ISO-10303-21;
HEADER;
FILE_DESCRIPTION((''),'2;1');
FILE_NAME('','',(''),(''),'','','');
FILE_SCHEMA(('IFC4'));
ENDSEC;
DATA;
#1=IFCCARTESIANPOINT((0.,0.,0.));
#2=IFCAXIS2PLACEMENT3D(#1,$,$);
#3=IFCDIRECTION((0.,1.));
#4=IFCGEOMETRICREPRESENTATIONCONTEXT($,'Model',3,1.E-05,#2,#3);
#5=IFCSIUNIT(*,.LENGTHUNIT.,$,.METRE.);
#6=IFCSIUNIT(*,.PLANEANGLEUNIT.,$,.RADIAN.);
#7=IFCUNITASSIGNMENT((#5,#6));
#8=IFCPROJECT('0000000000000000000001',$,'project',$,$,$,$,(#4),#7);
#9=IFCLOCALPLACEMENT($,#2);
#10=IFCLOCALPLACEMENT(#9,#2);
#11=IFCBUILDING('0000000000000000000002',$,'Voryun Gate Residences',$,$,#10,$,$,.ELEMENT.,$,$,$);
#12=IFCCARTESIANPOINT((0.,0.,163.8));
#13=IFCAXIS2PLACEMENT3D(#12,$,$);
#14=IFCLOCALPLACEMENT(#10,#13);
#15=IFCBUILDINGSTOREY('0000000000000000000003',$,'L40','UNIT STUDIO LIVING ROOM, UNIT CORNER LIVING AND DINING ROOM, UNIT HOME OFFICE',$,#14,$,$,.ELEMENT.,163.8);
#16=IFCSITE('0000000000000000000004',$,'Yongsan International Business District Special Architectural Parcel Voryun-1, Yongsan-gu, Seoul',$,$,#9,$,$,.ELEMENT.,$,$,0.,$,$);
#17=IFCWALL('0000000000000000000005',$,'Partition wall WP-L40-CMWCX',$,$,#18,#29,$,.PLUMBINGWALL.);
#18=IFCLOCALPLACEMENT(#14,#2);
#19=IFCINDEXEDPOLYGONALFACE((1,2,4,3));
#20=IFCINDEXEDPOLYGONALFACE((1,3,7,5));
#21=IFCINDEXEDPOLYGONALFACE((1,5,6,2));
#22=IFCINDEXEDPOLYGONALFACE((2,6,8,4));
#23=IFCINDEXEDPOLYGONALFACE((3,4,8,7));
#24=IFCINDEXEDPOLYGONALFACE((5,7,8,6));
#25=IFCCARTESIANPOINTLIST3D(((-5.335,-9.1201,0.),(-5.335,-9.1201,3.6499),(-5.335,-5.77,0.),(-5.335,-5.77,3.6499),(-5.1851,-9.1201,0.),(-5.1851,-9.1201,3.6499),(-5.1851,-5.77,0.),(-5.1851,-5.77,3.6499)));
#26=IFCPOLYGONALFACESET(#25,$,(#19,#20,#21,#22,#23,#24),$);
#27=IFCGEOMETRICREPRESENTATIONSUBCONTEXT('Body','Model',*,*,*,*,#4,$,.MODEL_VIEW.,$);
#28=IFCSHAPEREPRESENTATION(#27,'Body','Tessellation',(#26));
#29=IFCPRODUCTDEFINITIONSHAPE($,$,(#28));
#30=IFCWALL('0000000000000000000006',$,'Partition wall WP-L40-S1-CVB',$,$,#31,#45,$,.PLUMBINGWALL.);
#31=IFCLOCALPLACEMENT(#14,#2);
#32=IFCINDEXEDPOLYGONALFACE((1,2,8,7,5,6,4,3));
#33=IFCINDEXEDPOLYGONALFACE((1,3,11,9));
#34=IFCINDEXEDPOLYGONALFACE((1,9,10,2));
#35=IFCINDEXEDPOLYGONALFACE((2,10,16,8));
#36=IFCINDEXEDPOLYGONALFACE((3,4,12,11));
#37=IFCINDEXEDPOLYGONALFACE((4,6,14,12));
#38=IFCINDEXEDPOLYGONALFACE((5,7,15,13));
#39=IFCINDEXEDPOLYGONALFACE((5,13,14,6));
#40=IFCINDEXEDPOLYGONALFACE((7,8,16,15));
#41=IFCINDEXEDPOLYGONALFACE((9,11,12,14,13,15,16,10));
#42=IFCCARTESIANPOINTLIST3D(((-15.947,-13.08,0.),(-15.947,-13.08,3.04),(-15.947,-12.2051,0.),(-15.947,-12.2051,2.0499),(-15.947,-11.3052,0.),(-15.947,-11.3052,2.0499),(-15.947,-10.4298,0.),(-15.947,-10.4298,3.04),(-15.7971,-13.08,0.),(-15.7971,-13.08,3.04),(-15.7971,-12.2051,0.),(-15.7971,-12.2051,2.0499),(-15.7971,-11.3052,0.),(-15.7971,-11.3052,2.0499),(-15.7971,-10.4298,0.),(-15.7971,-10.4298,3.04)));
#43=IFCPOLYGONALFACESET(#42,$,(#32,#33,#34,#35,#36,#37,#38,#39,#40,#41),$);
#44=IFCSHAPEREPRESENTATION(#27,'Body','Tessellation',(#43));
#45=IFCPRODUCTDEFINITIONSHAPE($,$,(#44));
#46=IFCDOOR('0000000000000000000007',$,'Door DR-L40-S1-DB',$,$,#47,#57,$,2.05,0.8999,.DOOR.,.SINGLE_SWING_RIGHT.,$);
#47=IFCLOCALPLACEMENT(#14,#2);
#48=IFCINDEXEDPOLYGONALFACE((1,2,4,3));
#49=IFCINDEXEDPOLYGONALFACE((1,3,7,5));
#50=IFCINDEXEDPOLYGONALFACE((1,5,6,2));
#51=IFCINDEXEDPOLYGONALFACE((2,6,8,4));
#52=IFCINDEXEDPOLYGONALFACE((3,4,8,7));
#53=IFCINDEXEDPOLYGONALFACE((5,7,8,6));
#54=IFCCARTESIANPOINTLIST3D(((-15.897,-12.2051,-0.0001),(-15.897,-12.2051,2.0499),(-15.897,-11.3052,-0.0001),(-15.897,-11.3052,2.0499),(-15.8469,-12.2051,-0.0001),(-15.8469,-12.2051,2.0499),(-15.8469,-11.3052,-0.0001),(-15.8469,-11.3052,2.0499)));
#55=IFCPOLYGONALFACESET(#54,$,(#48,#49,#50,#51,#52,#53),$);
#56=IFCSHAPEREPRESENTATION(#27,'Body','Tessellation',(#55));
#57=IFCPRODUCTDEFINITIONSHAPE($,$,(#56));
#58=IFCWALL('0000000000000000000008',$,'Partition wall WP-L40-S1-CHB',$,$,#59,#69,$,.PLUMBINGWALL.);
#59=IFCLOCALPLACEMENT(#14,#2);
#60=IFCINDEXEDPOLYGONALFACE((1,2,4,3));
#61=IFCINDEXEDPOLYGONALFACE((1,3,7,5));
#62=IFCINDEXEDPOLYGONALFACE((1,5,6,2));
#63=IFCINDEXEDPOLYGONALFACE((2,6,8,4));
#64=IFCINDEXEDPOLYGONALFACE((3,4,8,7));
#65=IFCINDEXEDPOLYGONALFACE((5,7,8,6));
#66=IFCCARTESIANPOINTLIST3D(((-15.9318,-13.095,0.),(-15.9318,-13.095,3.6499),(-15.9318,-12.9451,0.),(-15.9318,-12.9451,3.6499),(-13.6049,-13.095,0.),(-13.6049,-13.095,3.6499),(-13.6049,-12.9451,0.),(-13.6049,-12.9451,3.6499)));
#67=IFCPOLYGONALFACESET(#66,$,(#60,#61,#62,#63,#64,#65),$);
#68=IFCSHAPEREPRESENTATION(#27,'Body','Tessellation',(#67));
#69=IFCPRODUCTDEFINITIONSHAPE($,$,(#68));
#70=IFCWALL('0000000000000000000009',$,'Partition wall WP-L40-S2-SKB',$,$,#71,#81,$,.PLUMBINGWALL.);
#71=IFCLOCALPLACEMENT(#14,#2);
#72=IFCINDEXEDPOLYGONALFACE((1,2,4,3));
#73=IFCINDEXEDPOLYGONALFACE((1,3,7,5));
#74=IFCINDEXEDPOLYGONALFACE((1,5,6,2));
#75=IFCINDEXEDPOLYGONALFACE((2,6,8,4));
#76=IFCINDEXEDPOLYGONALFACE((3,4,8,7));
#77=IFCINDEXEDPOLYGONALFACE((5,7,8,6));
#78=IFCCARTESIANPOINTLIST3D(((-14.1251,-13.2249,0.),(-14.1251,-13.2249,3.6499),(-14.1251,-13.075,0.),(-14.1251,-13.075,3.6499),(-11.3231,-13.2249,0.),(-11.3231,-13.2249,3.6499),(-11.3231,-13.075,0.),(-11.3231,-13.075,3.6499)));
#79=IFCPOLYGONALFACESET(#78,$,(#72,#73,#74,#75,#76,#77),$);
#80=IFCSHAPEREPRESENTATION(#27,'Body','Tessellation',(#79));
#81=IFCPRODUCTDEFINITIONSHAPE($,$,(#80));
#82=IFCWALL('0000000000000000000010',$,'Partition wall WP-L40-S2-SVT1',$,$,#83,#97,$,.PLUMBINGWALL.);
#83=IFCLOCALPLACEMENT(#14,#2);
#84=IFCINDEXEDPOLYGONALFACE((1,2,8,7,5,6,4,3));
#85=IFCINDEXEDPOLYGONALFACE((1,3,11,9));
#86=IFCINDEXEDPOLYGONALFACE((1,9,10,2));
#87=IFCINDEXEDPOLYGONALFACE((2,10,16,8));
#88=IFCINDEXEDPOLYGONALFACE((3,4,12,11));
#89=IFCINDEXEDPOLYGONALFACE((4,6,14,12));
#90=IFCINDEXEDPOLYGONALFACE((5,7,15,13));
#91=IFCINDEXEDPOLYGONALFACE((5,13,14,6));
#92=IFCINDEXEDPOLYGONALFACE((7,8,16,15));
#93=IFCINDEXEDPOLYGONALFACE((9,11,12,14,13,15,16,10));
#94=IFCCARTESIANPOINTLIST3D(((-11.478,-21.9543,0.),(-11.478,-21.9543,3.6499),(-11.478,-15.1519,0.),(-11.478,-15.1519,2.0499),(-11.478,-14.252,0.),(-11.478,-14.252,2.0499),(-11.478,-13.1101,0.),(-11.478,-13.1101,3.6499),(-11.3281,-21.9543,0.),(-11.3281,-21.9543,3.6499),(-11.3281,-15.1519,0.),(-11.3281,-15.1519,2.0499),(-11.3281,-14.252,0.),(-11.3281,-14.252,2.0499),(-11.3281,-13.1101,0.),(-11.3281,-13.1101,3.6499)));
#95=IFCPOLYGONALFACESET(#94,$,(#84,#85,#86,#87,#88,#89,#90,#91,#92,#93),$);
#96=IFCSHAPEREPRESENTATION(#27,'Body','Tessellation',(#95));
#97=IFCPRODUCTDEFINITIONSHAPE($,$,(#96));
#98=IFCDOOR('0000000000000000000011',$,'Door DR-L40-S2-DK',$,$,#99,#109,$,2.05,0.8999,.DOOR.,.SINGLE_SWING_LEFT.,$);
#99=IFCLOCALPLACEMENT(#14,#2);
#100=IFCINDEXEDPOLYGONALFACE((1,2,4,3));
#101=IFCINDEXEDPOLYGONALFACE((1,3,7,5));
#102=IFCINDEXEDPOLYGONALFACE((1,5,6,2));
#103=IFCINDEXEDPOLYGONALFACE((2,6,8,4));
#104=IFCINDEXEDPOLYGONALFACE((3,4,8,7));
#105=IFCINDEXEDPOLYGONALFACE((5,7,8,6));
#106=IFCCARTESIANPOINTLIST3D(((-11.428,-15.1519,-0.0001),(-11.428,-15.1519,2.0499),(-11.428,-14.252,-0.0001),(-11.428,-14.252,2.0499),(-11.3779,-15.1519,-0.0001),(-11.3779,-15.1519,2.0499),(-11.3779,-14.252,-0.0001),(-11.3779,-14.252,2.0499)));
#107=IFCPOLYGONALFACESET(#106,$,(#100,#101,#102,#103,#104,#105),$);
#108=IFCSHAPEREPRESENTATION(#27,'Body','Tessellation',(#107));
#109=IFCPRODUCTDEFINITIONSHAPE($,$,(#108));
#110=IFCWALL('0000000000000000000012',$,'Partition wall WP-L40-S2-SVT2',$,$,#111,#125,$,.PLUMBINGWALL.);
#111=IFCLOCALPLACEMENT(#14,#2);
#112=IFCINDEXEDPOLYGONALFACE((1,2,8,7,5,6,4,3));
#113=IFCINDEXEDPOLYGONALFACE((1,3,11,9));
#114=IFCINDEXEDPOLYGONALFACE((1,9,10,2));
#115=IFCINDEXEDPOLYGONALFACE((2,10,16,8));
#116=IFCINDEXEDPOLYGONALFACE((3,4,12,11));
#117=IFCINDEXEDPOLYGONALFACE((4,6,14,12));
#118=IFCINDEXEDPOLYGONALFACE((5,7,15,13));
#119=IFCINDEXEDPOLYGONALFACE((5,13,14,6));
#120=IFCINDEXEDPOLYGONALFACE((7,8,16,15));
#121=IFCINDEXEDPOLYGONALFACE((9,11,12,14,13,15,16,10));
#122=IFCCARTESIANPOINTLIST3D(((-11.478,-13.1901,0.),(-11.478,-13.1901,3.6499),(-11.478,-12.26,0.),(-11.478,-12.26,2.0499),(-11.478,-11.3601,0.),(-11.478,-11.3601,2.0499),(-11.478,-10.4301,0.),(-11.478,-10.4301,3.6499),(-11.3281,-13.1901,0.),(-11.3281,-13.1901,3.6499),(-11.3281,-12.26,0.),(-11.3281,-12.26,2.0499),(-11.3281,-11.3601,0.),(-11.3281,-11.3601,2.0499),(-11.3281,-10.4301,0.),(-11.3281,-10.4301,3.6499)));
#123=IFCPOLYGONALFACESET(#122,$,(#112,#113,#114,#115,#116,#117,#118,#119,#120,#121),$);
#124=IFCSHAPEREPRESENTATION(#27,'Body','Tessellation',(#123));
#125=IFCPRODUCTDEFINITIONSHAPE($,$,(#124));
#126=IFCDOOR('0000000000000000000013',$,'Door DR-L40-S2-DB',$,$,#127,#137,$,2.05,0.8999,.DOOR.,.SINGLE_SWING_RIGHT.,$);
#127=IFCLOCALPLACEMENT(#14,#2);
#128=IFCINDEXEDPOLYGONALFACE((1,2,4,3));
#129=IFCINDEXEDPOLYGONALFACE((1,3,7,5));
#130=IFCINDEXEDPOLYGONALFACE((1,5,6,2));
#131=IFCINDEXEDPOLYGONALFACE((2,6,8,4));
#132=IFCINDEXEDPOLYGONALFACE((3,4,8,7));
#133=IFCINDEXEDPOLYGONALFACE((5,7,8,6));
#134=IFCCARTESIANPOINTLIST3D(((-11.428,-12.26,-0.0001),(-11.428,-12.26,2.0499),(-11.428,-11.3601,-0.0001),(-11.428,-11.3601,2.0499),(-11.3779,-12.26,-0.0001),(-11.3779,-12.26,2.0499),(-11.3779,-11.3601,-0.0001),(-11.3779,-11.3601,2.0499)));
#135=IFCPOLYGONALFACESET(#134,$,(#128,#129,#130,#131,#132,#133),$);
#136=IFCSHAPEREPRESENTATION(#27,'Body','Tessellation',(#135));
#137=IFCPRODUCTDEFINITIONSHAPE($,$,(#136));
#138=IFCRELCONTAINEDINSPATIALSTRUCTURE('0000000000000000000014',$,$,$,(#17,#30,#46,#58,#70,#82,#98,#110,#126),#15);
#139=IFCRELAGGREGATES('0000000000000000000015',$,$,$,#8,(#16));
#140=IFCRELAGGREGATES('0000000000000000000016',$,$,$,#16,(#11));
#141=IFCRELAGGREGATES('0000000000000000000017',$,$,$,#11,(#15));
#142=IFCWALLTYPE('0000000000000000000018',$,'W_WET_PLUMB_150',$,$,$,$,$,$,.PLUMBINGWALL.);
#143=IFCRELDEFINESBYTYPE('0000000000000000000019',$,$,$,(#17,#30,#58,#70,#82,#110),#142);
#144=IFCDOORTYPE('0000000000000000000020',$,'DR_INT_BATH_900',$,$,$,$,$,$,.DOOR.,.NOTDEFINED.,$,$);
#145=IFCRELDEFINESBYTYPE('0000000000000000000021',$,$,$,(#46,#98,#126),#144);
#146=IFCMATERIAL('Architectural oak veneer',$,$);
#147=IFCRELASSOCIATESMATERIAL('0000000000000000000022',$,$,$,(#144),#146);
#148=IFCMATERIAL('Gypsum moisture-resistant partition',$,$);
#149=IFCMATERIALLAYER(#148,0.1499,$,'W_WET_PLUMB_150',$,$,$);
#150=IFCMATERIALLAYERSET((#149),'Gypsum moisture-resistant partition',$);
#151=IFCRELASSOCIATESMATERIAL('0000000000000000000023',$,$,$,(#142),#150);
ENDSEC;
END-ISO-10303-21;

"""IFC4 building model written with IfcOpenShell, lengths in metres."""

from ifc_helpers import new_model, si_unit, direction, frame, frame_2d, origin, place, context, subcontext, project, spatial, rectangle, extrude, material, layer, layer_set, type_object, element, fill, save


model = new_model("IFC4")

# Units and contexts
model_context = context("Model", 3, precision=1e-05, world=origin(), true_north=direction((0.0, 1.0)))
body_context = subcontext(model_context, "Body", "Model", "MODEL_VIEW")
ifc_project = project(units=[si_unit("LENGTHUNIT", "METRE"), si_unit("PLANEANGLEUNIT", "RADIAN")], contexts=[model_context])

# Site, building, storey
site_placement = place(None, origin())
site = spatial("IfcSite", under=ifc_project, at=site_placement, Name="Yongsan International Business District Special Architectural Parcel Voryun-1, Yongsan-gu, Seoul", CompositionType="ELEMENT", RefElevation=0.0)
building_placement = place(site_placement, origin())
building = spatial("IfcBuilding", under=site, at=building_placement, Name="Voryun Gate Residences", CompositionType="ELEMENT")
storey_placement = place(building_placement, frame((0.0, 0.0, 163.8)))
storey = spatial("IfcBuildingStorey", under=building, at=storey_placement, Name="L40", Description="UNIT STUDIO LIVING ROOM, UNIT CORNER LIVING AND DINING ROOM, UNIT HOME OFFICE", CompositionType="ELEMENT", Elevation=163.8)

# Shared definitions
ifc_material_1 = material(Name="Architectural oak veneer")
door_type_1 = type_object("IfcDoorType", Name="DR_INT_BATH_900", OperationType="NOTDEFINED", PredefinedType="DOOR", material=ifc_material_1)

# Wall
ifc_material_2 = material(Name="Gypsum moisture-resistant partition")
ifc_layer_1 = layer(ifc_material_2, 0.1499, Name="W_WET_PLUMB_150")
ifc_layer_set_1 = layer_set([ifc_layer_1], Name="Gypsum moisture-resistant partition")
wall_type_1 = type_object("IfcWallType", Name="W_WET_PLUMB_150", PredefinedType="PLUMBINGWALL", material=ifc_layer_set_1)
wall_1_placement = place(storey_placement, frame((-5.26, -9.1201, 0.0), z_axis=(0.0, 0.0, 1.0), x_axis=(0.0, 1.0, 0.0)))
element("IfcWall", 1, at=wall_1_placement, inside=storey, type_object=wall_type_1, Name="Partition wall WP-L40-CMWCX", PredefinedType="PLUMBINGWALL", context=body_context, shape_type="SweptSolid", body=[
    extrude(rectangle(XDim=3.3501, YDim=0.1499, at=frame_2d((1.675, 0.0))), origin(), (0.0, 0.0, 1.0), 3.6499),
])

# Wall, opening, door
wall_2_placement = place(storey_placement, frame((-15.8721, -13.0801, 0.0), z_axis=(0.0, 0.0, 1.0), x_axis=(0.0, 1.0, 0.0)))
wall_2 = element("IfcWall", 2, at=wall_2_placement, inside=storey, type_object=wall_type_1, Name="Partition wall WP-L40-S1-CVB", PredefinedType="PLUMBINGWALL", context=body_context, shape_type="SweptSolid", body=[
    extrude(rectangle(XDim=2.6501, YDim=0.1499, at=frame_2d((1.3252, 0.0))), origin(), (0.0, 0.0, 1.0), 3.04),
])
opening_1_placement = place(wall_2_placement, frame((0.875, 0.0, 0.0)))
opening_1 = element("IfcOpeningElement", 3, at=opening_1_placement, cuts=wall_2, PredefinedType="OPENING", context=body_context, shape_type="SweptSolid", body=[
    extrude(rectangle(XDim=0.8999, YDim=2.05, at=frame_2d((0.45, 1.0249))), frame((0.0, 0.085, 0.0), z_axis=(0.0, -1.0, 0.0), x_axis=(1.0, 0.0, 0.0)), (0.0, 0.0, 1.0), 0.1699),
])
door_1_placement = place(opening_1_placement, origin())
door_1 = element("IfcDoor", 4, at=door_1_placement, inside=storey, type_object=door_type_1, Name="Door DR-L40-S1-DB", OperationType="SINGLE_SWING_RIGHT", OverallHeight=2.05, OverallWidth=0.8999, PredefinedType="DOOR", context=body_context, shape_type="SweptSolid", body=[
    extrude(rectangle(XDim=0.8999, YDim=2.05, at=frame_2d((0.45, 1.0249))), frame((0.0, 0.0249, 0.0), z_axis=(0.0, -1.0, 0.0), x_axis=(1.0, 0.0, 0.0)), (0.0, 0.0, 1.0), 0.05),
])
fill(opening_1, door_1)

# Walls
wall_3_placement = place(storey_placement, frame((-15.9319, -13.02, 0.0), z_axis=(0.0, 0.0, 1.0), x_axis=(1.0, 0.0, 0.0)))
element("IfcWall", 5, at=wall_3_placement, inside=storey, type_object=wall_type_1, Name="Partition wall WP-L40-S1-CHB", PredefinedType="PLUMBINGWALL", context=body_context, shape_type="SweptSolid", body=[
    extrude(rectangle(XDim=2.3269, YDim=0.1499, at=frame_2d((1.1636, 0.0))), origin(), (0.0, 0.0, 1.0), 3.6499),
])
wall_4_placement = place(storey_placement, frame((-14.125, -13.1499, 0.0), z_axis=(0.0, 0.0, 1.0), x_axis=(1.0, 0.0, 0.0)))
element("IfcWall", 6, at=wall_4_placement, inside=storey, type_object=wall_type_1, Name="Partition wall WP-L40-S2-SKB", PredefinedType="PLUMBINGWALL", context=body_context, shape_type="SweptSolid", body=[
    extrude(rectangle(XDim=2.802, YDim=0.1499, at=frame_2d((1.4009, 0.0))), origin(), (0.0, 0.0, 1.0), 3.6499),
])

# Walls, openings, doors
wall_5_placement = place(storey_placement, frame((-11.4031, -21.9543, 0.0), z_axis=(0.0, 0.0, 1.0), x_axis=(0.0, 1.0, 0.0)))
wall_5 = element("IfcWall", 7, at=wall_5_placement, inside=storey, type_object=wall_type_1, Name="Partition wall WP-L40-S2-SVT1", PredefinedType="PLUMBINGWALL", context=body_context, shape_type="SweptSolid", body=[
    extrude(rectangle(XDim=8.8442, YDim=0.1499, at=frame_2d((4.4221, 0.0))), origin(), (0.0, 0.0, 1.0), 3.6499),
])
opening_2_placement = place(wall_5_placement, frame((6.8025, 0.0, 0.0)))
opening_2 = element("IfcOpeningElement", 8, at=opening_2_placement, cuts=wall_5, PredefinedType="OPENING", context=body_context, shape_type="SweptSolid", body=[
    extrude(rectangle(XDim=0.8999, YDim=2.05, at=frame_2d((0.45, 1.0249))), frame((0.0, 0.085, 0.0), z_axis=(0.0, -1.0, 0.0), x_axis=(1.0, 0.0, 0.0)), (0.0, 0.0, 1.0), 0.1699),
])
door_2_placement = place(opening_2_placement, origin())
door_2 = element("IfcDoor", 9, at=door_2_placement, inside=storey, type_object=door_type_1, Name="Door DR-L40-S2-DK", OperationType="SINGLE_SWING_LEFT", OverallHeight=2.05, OverallWidth=0.8999, PredefinedType="DOOR", context=body_context, shape_type="SweptSolid", body=[
    extrude(rectangle(XDim=0.8999, YDim=2.05, at=frame_2d((0.45, 1.0249))), frame((0.0, 0.0249, 0.0), z_axis=(0.0, -1.0, 0.0), x_axis=(1.0, 0.0, 0.0)), (0.0, 0.0, 1.0), 0.05),
])
fill(opening_2, door_2)
wall_6_placement = place(storey_placement, frame((-11.4031, -13.1899, 0.0), z_axis=(0.0, 0.0, 1.0), x_axis=(0.0, 1.0, 0.0)))
wall_6 = element("IfcWall", 10, at=wall_6_placement, inside=storey, type_object=wall_type_1, Name="Partition wall WP-L40-S2-SVT2", PredefinedType="PLUMBINGWALL", context=body_context, shape_type="SweptSolid", body=[
    extrude(rectangle(XDim=2.76, YDim=0.1499, at=frame_2d((1.3799, 0.0))), origin(), (0.0, 0.0, 1.0), 3.6499),
])
opening_3_placement = place(wall_6_placement, frame((0.9299, 0.0, 0.0)))
opening_3 = element("IfcOpeningElement", 11, at=opening_3_placement, cuts=wall_6, PredefinedType="OPENING", context=body_context, shape_type="SweptSolid", body=[
    extrude(rectangle(XDim=0.8999, YDim=2.05, at=frame_2d((0.45, 1.0249))), frame((0.0, 0.085, 0.0), z_axis=(0.0, -1.0, 0.0), x_axis=(1.0, 0.0, 0.0)), (0.0, 0.0, 1.0), 0.1699),
])
door_3_placement = place(opening_3_placement, origin())
door_3 = element("IfcDoor", 12, at=door_3_placement, inside=storey, type_object=door_type_1, Name="Door DR-L40-S2-DB", OperationType="SINGLE_SWING_RIGHT", OverallHeight=2.05, OverallWidth=0.8999, PredefinedType="DOOR", context=body_context, shape_type="SweptSolid", body=[
    extrude(rectangle(XDim=0.8999, YDim=2.05, at=frame_2d((0.45, 1.0249))), frame((0.0, 0.0249, 0.0), z_axis=(0.0, -1.0, 0.0), x_axis=(1.0, 0.0, 0.0)), (0.0, 0.0, 1.0), 0.05),
])
fill(opening_3, door_3)

save(model, "model.ifc")
